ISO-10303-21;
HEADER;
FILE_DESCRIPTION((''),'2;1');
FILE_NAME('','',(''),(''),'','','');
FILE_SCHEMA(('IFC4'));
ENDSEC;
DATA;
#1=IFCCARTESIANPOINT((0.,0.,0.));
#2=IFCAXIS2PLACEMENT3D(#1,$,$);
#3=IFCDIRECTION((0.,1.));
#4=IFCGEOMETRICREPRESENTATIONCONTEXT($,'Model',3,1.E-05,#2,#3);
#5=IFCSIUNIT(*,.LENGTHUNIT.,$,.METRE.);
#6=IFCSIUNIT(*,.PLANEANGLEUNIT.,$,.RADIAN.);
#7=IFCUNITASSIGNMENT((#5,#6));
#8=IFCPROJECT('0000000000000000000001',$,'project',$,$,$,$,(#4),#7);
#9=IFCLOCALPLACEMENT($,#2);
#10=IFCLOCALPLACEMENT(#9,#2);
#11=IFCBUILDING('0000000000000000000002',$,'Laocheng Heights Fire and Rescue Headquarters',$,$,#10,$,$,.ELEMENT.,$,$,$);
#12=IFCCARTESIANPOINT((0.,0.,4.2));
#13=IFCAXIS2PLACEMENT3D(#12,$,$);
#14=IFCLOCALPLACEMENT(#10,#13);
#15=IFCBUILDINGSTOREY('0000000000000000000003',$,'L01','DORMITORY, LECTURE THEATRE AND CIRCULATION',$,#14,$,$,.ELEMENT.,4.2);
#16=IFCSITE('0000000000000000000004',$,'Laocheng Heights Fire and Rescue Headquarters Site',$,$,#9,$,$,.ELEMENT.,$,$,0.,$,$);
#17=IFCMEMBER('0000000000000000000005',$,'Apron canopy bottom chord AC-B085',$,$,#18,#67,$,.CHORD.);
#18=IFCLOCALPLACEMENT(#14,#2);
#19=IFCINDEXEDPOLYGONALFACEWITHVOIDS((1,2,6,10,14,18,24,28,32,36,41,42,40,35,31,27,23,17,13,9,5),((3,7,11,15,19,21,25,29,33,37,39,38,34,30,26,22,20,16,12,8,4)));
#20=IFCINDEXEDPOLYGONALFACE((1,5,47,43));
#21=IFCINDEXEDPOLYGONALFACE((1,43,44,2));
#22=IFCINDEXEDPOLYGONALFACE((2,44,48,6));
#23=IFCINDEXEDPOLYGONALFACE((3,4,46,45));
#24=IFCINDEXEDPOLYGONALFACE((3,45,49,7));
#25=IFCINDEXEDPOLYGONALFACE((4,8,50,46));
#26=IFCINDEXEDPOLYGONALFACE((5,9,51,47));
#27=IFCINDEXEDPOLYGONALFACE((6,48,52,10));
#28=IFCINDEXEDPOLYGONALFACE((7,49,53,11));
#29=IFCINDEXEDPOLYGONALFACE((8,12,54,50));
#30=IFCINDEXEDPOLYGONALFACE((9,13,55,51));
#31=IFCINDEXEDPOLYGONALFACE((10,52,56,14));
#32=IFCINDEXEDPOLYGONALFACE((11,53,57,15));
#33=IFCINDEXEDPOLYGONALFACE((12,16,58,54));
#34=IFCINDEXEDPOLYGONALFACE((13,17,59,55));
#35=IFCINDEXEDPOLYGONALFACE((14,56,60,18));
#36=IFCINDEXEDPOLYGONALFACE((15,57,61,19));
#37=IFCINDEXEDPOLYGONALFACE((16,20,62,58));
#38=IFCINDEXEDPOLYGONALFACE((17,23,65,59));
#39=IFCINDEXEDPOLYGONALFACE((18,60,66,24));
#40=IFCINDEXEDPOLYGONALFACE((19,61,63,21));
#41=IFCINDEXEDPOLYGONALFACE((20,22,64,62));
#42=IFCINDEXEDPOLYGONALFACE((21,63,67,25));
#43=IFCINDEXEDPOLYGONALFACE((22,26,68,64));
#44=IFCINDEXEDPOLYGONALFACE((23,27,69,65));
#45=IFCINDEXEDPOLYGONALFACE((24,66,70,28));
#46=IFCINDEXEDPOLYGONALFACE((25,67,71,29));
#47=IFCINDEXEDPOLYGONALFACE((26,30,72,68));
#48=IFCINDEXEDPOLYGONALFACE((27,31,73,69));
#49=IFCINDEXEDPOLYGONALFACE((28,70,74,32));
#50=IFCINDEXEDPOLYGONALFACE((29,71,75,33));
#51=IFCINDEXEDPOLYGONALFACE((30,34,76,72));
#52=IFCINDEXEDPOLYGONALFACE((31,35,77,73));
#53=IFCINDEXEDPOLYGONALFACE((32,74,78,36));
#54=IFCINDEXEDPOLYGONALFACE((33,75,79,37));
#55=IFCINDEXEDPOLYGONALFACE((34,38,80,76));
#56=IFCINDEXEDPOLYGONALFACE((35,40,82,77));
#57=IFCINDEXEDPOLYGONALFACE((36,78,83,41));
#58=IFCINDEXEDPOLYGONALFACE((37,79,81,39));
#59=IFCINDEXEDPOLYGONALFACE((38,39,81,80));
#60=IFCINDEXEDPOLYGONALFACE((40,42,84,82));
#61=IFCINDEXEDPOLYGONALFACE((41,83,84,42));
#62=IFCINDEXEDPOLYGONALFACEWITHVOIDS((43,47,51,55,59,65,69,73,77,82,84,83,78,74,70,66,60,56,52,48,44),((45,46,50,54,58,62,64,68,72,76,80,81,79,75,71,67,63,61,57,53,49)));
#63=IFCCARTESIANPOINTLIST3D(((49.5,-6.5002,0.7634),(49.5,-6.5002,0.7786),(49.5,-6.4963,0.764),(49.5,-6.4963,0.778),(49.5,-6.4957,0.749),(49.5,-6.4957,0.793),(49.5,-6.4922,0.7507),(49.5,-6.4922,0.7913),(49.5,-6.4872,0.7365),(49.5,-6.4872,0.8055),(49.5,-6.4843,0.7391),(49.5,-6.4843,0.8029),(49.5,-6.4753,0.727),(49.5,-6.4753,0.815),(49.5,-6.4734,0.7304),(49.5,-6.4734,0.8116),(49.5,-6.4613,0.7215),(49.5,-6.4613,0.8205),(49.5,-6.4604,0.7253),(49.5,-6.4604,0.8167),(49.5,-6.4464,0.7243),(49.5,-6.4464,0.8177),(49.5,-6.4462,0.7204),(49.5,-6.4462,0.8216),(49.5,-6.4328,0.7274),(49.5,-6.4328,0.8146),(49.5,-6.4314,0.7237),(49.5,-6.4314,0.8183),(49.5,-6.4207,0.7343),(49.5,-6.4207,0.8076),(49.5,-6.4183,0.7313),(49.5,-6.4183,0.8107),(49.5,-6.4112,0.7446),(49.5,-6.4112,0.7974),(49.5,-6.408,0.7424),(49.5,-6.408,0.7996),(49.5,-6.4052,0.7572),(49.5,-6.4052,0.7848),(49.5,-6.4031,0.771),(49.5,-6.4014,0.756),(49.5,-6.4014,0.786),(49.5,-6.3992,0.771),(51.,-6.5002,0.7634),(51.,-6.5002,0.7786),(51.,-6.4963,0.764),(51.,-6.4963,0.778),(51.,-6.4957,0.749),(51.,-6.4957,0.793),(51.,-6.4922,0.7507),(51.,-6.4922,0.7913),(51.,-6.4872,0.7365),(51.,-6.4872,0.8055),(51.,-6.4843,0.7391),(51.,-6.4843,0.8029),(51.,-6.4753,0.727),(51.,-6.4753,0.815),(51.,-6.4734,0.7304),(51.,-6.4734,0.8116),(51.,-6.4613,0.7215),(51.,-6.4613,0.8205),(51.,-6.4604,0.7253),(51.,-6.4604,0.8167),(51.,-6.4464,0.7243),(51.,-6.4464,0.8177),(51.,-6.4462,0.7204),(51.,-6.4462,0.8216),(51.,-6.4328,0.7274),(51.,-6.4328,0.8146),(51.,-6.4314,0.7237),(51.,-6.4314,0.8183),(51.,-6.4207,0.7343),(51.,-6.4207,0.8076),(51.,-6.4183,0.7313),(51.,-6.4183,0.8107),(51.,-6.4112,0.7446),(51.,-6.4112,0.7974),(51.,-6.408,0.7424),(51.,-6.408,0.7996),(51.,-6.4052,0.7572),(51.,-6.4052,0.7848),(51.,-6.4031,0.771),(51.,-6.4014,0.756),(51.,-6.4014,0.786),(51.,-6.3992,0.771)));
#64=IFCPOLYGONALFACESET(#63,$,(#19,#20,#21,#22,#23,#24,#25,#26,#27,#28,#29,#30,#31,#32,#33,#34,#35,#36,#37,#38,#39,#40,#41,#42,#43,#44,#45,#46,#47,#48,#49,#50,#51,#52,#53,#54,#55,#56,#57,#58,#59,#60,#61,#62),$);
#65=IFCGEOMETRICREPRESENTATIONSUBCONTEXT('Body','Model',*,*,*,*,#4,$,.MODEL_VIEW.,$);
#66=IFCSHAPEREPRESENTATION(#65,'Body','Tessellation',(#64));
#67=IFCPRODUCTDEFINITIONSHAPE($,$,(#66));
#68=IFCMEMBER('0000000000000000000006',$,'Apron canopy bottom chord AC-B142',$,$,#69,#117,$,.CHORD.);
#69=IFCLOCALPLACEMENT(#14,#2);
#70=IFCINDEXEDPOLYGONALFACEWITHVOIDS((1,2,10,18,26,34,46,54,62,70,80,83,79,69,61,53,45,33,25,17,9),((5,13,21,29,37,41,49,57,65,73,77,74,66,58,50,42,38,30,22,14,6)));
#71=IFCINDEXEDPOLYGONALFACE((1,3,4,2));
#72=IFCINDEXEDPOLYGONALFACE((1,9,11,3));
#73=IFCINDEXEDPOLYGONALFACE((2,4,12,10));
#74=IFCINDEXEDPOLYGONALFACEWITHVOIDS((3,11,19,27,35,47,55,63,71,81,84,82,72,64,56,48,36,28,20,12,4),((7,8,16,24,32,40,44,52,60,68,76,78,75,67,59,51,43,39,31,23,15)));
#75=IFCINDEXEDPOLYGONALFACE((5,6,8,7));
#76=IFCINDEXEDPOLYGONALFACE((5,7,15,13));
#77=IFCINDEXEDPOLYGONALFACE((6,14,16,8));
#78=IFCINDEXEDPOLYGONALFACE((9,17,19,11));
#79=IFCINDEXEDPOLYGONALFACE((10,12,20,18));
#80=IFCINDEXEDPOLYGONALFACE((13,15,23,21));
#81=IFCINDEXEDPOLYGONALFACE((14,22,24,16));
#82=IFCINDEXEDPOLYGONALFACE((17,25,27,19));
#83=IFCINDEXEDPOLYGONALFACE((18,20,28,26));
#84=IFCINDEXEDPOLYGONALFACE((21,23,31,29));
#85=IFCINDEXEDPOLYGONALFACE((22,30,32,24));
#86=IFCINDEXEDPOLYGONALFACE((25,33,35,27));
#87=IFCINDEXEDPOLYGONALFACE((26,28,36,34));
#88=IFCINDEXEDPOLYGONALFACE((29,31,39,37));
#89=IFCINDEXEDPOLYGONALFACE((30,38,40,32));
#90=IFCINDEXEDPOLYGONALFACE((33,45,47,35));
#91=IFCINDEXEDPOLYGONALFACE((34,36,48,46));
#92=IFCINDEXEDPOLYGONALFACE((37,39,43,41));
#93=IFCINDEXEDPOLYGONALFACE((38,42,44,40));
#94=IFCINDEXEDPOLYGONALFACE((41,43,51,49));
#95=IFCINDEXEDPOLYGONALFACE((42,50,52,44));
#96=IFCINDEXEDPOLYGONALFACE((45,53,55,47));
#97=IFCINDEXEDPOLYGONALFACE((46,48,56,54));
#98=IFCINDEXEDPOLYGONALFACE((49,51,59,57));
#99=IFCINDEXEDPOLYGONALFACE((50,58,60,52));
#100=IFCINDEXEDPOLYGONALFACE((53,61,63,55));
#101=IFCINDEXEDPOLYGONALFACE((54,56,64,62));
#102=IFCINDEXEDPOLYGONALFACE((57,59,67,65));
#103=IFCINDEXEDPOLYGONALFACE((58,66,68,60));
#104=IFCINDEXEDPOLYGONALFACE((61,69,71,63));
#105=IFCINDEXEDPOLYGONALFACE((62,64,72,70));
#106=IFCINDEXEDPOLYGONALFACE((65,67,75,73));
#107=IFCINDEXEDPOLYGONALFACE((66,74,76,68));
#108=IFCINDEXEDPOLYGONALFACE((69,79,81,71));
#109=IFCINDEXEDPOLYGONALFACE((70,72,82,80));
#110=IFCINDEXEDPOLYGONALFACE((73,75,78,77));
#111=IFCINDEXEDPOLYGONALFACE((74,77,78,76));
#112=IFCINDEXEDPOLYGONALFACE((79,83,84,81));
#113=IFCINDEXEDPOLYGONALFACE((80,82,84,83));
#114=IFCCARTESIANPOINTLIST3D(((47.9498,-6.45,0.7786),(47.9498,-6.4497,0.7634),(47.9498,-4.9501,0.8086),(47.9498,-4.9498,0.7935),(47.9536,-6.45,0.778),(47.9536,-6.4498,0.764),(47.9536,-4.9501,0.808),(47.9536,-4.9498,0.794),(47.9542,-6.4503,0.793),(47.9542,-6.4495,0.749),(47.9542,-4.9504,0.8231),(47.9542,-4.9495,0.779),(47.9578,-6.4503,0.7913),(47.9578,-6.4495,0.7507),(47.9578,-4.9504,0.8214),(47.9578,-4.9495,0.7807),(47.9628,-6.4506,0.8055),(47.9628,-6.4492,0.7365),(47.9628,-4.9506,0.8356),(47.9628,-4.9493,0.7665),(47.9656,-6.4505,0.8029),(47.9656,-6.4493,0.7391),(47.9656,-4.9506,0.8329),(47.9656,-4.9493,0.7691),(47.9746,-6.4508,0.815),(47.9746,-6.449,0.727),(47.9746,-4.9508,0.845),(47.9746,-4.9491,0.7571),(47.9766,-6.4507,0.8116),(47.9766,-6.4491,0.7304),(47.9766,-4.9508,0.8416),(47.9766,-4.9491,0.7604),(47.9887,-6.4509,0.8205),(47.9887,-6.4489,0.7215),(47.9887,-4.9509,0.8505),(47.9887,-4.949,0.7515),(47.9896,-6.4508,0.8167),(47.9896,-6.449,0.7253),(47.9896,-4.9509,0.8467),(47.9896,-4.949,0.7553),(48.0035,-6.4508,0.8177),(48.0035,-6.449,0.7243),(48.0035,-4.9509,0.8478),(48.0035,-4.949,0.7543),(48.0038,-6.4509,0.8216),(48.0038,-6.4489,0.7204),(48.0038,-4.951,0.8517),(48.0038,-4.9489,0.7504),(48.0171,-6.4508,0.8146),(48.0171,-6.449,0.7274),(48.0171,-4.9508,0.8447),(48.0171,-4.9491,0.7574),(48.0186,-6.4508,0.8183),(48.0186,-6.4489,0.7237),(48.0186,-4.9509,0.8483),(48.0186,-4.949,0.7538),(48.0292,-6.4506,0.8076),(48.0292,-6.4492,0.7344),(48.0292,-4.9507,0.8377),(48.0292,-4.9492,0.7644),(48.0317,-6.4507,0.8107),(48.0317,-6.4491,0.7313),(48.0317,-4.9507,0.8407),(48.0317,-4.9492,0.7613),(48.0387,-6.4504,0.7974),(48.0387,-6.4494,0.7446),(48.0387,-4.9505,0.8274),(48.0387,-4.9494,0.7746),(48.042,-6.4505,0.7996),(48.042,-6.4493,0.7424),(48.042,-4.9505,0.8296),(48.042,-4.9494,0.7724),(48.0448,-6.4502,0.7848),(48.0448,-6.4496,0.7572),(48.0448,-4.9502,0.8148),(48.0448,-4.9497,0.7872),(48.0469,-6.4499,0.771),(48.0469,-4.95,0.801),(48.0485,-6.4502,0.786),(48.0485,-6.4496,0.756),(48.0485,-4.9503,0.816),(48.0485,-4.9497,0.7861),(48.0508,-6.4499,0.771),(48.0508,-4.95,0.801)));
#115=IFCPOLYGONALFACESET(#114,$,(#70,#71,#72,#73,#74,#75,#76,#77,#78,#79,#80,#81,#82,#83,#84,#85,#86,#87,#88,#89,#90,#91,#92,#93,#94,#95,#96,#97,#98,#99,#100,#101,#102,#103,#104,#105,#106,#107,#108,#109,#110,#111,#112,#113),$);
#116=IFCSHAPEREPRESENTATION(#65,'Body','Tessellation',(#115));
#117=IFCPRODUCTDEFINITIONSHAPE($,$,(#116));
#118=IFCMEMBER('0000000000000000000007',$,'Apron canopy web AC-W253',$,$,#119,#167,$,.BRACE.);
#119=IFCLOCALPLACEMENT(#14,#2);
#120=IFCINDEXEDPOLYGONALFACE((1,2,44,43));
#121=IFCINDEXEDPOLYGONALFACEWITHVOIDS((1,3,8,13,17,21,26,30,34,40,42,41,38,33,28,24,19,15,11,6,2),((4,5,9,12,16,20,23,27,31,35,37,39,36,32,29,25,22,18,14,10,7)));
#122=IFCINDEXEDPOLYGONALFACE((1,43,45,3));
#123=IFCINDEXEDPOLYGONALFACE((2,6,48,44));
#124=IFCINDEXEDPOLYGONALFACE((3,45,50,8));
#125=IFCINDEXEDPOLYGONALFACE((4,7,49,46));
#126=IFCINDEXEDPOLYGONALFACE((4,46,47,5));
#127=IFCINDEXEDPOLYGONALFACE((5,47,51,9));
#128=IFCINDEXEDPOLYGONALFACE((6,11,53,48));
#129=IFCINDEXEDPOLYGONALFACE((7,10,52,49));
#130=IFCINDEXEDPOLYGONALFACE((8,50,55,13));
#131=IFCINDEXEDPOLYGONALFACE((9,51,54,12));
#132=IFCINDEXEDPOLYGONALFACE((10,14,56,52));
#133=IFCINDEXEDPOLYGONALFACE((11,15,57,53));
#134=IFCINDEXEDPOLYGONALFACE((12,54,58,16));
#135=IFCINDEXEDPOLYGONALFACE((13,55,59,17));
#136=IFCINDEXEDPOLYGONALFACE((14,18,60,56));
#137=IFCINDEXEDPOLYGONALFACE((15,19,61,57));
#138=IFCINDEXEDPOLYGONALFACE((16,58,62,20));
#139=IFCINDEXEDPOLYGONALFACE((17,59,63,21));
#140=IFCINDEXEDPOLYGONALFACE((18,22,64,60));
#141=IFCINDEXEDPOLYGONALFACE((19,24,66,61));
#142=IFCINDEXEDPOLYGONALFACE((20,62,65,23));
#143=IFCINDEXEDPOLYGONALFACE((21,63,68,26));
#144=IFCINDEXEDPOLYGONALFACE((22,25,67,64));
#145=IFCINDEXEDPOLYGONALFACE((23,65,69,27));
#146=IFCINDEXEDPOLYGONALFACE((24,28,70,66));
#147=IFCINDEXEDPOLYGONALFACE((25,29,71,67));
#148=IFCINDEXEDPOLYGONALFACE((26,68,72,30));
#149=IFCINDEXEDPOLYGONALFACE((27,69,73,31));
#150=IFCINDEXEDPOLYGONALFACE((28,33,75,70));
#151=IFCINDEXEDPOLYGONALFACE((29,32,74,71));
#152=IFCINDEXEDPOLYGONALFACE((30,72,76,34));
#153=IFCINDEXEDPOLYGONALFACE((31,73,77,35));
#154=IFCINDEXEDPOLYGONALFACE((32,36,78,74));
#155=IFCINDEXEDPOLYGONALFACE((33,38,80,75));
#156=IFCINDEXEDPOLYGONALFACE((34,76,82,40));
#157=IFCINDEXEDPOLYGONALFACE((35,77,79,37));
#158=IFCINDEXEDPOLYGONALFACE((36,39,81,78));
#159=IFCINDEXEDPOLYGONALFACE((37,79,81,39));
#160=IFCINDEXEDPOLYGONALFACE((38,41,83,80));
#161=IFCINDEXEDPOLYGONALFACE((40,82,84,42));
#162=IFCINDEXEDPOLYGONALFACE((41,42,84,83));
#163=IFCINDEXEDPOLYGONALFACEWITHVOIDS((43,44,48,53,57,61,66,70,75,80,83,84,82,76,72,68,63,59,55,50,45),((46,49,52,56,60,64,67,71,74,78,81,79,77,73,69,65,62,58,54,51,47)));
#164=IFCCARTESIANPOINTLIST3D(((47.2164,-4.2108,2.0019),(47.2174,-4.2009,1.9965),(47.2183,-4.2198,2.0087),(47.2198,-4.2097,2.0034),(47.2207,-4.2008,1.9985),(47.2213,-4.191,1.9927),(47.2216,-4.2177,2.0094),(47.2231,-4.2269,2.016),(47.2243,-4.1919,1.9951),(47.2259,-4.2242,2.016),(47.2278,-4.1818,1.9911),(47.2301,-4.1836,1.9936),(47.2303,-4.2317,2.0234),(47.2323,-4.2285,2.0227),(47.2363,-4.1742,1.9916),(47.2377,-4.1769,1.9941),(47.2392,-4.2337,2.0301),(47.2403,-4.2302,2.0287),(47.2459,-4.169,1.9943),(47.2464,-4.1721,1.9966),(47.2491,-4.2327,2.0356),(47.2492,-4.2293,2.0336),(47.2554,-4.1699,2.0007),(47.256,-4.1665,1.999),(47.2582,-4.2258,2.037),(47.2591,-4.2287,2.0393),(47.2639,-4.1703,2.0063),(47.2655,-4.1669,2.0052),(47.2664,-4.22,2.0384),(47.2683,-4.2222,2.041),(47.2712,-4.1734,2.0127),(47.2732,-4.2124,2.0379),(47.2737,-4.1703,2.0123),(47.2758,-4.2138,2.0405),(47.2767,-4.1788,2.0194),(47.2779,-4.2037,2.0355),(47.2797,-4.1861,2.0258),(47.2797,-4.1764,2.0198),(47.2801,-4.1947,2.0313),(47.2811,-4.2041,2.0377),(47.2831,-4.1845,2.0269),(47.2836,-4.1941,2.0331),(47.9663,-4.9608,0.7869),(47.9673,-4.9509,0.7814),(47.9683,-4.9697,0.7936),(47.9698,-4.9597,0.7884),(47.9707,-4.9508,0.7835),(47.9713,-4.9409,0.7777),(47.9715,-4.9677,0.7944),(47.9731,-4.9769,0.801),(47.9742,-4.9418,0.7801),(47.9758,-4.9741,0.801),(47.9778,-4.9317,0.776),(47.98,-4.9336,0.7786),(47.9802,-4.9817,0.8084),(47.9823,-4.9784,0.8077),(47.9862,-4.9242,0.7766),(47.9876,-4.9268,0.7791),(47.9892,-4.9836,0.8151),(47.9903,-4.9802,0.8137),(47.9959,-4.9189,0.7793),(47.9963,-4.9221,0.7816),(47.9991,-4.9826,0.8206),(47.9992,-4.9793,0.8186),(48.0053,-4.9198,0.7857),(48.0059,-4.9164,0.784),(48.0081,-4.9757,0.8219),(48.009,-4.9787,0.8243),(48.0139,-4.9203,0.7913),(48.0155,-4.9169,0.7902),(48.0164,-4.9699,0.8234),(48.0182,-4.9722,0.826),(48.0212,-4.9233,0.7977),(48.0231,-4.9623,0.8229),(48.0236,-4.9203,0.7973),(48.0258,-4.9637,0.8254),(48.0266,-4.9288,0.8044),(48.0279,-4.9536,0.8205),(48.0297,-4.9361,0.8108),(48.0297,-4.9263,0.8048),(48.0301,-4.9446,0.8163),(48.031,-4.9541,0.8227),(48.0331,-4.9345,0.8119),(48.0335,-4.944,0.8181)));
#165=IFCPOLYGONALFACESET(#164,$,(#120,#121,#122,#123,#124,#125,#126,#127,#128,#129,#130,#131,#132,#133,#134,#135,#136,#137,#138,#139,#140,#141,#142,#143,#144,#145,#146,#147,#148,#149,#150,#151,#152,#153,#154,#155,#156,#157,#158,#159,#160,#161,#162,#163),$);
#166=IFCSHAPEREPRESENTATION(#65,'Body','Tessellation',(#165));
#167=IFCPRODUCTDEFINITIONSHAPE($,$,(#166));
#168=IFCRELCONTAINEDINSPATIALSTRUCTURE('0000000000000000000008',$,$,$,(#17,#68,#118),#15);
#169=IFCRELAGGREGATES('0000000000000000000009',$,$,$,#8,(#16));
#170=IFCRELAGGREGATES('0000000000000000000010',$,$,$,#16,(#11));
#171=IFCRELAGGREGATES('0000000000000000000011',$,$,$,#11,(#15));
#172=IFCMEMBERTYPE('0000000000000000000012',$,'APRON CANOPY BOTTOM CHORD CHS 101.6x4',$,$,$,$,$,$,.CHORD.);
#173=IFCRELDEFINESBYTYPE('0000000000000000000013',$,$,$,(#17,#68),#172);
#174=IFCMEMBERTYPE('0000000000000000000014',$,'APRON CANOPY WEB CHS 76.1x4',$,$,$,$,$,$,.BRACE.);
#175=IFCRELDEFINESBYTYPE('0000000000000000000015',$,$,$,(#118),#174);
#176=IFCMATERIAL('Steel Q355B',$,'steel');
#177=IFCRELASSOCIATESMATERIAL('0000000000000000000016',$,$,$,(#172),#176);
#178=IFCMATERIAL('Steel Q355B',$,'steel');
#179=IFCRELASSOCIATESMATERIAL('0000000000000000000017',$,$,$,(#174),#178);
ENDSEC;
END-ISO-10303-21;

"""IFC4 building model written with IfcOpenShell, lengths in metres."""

from ifc_helpers import new_model, si_unit, direction, frame, origin, origin_2d, place, context, subcontext, project, spatial, hollow_circle, extrude, material, material_profile, profile_set, type_object, element, save


model = new_model("IFC4")

# Units and contexts
model_context = context("Model", 3, precision=1e-05, world=origin(), true_north=direction((0.0, 1.0)))
body_context = subcontext(model_context, "Body", "Model", "MODEL_VIEW")
ifc_project = project(units=[si_unit("LENGTHUNIT", "METRE"), si_unit("PLANEANGLEUNIT", "RADIAN")], contexts=[model_context])

# Site, building, storey
site_placement = place(None, origin())
site = spatial("IfcSite", under=ifc_project, at=site_placement, Name="Laocheng Heights Fire and Rescue Headquarters Site", CompositionType="ELEMENT", RefElevation=0.0)
building_placement = place(site_placement, origin())
building = spatial("IfcBuilding", under=site, at=building_placement, Name="Laocheng Heights Fire and Rescue Headquarters", CompositionType="ELEMENT")
storey_placement = place(building_placement, frame((0.0, 0.0, 4.2)))
storey = spatial("IfcBuildingStorey", under=building, at=storey_placement, Name="L01", Description="DORMITORY, LECTURE THEATRE AND CIRCULATION", CompositionType="ELEMENT", Elevation=4.2)

# Members
ifc_material_1 = material(Name="Steel Q355B", Category="steel")
ifc_material_profile_1 = material_profile(ifc_material_1, hollow_circle(Radius=0.0508, WallThickness=0.0039, at=origin_2d()), Name="CHS 101.6x4")
ifc_profile_set_1 = profile_set([ifc_material_profile_1], Name="Steel Q355B")
member_type_1 = type_object("IfcMemberType", Name="APRON CANOPY BOTTOM CHORD CHS 101.6x4", PredefinedType="CHORD", material=ifc_profile_set_1)
for number, where, z_axis, x_axis, name in (
    (1, (49.5, -6.45, 0.771), (1.0, 0.0, 0.0), (0.0, 1.0, 0.0), "Apron canopy bottom chord AC-B085"),
):
    element("IfcMember", number, at=place(storey_placement, frame(where, z_axis=z_axis, x_axis=x_axis)), inside=storey, type_object=member_type_1, Name=name, PredefinedType="CHORD", context=body_context, shape_type="SweptSolid", body=[
        extrude(hollow_circle(Radius=0.0508, WallThickness=0.0039, at=origin_2d()), origin(), (0.0, 0.0, 1.0), 1.5),
    ])
member_placement = place(storey_placement, frame((48.0, -4.95, 0.801), z_axis=(0.0, -0.9998, -0.020016), x_axis=(1.0, 0.0, 0.0)))
element("IfcMember", 2, at=member_placement, inside=storey, type_object=member_type_1, Name="Apron canopy bottom chord AC-B142", PredefinedType="CHORD", context=body_context, shape_type="SweptSolid", body=[
    extrude(hollow_circle(Radius=0.0508, WallThickness=0.0039, at=origin_2d()), origin(), (0.0, 0.0, 1.0), 1.5002),
])
ifc_material_2 = material(Name="Steel Q355B", Category="steel")
ifc_material_profile_2 = material_profile(ifc_material_2, hollow_circle(Radius=0.0381, WallThickness=0.0039, at=origin_2d()), Name="CHS 76.1x4")
ifc_profile_set_2 = profile_set([ifc_material_profile_2], Name="Steel Q355B")
member_type_2 = type_object("IfcMemberType", Name="APRON CANOPY WEB CHS 76.1x4", PredefinedType="BRACE", material=ifc_profile_set_2)
for number, where, z_axis, x_axis, name in (
    (3, (48.0, -4.95, 0.801), (-0.465002, 0.465002, 0.753357), (-0.707107, -0.707107, 0.0), "Apron canopy web AC-W253"),
):
    element("IfcMember", number, at=place(storey_placement, frame(where, z_axis=z_axis, x_axis=x_axis)), inside=storey, type_object=member_type_2, Name=name, PredefinedType="BRACE", context=body_context, shape_type="SweptSolid", body=[
        extrude(hollow_circle(Radius=0.0381, WallThickness=0.0039, at=origin_2d()), origin(), (0.0, 0.0, 1.0), 1.6128),
    ])

save(model, "model.ifc")
